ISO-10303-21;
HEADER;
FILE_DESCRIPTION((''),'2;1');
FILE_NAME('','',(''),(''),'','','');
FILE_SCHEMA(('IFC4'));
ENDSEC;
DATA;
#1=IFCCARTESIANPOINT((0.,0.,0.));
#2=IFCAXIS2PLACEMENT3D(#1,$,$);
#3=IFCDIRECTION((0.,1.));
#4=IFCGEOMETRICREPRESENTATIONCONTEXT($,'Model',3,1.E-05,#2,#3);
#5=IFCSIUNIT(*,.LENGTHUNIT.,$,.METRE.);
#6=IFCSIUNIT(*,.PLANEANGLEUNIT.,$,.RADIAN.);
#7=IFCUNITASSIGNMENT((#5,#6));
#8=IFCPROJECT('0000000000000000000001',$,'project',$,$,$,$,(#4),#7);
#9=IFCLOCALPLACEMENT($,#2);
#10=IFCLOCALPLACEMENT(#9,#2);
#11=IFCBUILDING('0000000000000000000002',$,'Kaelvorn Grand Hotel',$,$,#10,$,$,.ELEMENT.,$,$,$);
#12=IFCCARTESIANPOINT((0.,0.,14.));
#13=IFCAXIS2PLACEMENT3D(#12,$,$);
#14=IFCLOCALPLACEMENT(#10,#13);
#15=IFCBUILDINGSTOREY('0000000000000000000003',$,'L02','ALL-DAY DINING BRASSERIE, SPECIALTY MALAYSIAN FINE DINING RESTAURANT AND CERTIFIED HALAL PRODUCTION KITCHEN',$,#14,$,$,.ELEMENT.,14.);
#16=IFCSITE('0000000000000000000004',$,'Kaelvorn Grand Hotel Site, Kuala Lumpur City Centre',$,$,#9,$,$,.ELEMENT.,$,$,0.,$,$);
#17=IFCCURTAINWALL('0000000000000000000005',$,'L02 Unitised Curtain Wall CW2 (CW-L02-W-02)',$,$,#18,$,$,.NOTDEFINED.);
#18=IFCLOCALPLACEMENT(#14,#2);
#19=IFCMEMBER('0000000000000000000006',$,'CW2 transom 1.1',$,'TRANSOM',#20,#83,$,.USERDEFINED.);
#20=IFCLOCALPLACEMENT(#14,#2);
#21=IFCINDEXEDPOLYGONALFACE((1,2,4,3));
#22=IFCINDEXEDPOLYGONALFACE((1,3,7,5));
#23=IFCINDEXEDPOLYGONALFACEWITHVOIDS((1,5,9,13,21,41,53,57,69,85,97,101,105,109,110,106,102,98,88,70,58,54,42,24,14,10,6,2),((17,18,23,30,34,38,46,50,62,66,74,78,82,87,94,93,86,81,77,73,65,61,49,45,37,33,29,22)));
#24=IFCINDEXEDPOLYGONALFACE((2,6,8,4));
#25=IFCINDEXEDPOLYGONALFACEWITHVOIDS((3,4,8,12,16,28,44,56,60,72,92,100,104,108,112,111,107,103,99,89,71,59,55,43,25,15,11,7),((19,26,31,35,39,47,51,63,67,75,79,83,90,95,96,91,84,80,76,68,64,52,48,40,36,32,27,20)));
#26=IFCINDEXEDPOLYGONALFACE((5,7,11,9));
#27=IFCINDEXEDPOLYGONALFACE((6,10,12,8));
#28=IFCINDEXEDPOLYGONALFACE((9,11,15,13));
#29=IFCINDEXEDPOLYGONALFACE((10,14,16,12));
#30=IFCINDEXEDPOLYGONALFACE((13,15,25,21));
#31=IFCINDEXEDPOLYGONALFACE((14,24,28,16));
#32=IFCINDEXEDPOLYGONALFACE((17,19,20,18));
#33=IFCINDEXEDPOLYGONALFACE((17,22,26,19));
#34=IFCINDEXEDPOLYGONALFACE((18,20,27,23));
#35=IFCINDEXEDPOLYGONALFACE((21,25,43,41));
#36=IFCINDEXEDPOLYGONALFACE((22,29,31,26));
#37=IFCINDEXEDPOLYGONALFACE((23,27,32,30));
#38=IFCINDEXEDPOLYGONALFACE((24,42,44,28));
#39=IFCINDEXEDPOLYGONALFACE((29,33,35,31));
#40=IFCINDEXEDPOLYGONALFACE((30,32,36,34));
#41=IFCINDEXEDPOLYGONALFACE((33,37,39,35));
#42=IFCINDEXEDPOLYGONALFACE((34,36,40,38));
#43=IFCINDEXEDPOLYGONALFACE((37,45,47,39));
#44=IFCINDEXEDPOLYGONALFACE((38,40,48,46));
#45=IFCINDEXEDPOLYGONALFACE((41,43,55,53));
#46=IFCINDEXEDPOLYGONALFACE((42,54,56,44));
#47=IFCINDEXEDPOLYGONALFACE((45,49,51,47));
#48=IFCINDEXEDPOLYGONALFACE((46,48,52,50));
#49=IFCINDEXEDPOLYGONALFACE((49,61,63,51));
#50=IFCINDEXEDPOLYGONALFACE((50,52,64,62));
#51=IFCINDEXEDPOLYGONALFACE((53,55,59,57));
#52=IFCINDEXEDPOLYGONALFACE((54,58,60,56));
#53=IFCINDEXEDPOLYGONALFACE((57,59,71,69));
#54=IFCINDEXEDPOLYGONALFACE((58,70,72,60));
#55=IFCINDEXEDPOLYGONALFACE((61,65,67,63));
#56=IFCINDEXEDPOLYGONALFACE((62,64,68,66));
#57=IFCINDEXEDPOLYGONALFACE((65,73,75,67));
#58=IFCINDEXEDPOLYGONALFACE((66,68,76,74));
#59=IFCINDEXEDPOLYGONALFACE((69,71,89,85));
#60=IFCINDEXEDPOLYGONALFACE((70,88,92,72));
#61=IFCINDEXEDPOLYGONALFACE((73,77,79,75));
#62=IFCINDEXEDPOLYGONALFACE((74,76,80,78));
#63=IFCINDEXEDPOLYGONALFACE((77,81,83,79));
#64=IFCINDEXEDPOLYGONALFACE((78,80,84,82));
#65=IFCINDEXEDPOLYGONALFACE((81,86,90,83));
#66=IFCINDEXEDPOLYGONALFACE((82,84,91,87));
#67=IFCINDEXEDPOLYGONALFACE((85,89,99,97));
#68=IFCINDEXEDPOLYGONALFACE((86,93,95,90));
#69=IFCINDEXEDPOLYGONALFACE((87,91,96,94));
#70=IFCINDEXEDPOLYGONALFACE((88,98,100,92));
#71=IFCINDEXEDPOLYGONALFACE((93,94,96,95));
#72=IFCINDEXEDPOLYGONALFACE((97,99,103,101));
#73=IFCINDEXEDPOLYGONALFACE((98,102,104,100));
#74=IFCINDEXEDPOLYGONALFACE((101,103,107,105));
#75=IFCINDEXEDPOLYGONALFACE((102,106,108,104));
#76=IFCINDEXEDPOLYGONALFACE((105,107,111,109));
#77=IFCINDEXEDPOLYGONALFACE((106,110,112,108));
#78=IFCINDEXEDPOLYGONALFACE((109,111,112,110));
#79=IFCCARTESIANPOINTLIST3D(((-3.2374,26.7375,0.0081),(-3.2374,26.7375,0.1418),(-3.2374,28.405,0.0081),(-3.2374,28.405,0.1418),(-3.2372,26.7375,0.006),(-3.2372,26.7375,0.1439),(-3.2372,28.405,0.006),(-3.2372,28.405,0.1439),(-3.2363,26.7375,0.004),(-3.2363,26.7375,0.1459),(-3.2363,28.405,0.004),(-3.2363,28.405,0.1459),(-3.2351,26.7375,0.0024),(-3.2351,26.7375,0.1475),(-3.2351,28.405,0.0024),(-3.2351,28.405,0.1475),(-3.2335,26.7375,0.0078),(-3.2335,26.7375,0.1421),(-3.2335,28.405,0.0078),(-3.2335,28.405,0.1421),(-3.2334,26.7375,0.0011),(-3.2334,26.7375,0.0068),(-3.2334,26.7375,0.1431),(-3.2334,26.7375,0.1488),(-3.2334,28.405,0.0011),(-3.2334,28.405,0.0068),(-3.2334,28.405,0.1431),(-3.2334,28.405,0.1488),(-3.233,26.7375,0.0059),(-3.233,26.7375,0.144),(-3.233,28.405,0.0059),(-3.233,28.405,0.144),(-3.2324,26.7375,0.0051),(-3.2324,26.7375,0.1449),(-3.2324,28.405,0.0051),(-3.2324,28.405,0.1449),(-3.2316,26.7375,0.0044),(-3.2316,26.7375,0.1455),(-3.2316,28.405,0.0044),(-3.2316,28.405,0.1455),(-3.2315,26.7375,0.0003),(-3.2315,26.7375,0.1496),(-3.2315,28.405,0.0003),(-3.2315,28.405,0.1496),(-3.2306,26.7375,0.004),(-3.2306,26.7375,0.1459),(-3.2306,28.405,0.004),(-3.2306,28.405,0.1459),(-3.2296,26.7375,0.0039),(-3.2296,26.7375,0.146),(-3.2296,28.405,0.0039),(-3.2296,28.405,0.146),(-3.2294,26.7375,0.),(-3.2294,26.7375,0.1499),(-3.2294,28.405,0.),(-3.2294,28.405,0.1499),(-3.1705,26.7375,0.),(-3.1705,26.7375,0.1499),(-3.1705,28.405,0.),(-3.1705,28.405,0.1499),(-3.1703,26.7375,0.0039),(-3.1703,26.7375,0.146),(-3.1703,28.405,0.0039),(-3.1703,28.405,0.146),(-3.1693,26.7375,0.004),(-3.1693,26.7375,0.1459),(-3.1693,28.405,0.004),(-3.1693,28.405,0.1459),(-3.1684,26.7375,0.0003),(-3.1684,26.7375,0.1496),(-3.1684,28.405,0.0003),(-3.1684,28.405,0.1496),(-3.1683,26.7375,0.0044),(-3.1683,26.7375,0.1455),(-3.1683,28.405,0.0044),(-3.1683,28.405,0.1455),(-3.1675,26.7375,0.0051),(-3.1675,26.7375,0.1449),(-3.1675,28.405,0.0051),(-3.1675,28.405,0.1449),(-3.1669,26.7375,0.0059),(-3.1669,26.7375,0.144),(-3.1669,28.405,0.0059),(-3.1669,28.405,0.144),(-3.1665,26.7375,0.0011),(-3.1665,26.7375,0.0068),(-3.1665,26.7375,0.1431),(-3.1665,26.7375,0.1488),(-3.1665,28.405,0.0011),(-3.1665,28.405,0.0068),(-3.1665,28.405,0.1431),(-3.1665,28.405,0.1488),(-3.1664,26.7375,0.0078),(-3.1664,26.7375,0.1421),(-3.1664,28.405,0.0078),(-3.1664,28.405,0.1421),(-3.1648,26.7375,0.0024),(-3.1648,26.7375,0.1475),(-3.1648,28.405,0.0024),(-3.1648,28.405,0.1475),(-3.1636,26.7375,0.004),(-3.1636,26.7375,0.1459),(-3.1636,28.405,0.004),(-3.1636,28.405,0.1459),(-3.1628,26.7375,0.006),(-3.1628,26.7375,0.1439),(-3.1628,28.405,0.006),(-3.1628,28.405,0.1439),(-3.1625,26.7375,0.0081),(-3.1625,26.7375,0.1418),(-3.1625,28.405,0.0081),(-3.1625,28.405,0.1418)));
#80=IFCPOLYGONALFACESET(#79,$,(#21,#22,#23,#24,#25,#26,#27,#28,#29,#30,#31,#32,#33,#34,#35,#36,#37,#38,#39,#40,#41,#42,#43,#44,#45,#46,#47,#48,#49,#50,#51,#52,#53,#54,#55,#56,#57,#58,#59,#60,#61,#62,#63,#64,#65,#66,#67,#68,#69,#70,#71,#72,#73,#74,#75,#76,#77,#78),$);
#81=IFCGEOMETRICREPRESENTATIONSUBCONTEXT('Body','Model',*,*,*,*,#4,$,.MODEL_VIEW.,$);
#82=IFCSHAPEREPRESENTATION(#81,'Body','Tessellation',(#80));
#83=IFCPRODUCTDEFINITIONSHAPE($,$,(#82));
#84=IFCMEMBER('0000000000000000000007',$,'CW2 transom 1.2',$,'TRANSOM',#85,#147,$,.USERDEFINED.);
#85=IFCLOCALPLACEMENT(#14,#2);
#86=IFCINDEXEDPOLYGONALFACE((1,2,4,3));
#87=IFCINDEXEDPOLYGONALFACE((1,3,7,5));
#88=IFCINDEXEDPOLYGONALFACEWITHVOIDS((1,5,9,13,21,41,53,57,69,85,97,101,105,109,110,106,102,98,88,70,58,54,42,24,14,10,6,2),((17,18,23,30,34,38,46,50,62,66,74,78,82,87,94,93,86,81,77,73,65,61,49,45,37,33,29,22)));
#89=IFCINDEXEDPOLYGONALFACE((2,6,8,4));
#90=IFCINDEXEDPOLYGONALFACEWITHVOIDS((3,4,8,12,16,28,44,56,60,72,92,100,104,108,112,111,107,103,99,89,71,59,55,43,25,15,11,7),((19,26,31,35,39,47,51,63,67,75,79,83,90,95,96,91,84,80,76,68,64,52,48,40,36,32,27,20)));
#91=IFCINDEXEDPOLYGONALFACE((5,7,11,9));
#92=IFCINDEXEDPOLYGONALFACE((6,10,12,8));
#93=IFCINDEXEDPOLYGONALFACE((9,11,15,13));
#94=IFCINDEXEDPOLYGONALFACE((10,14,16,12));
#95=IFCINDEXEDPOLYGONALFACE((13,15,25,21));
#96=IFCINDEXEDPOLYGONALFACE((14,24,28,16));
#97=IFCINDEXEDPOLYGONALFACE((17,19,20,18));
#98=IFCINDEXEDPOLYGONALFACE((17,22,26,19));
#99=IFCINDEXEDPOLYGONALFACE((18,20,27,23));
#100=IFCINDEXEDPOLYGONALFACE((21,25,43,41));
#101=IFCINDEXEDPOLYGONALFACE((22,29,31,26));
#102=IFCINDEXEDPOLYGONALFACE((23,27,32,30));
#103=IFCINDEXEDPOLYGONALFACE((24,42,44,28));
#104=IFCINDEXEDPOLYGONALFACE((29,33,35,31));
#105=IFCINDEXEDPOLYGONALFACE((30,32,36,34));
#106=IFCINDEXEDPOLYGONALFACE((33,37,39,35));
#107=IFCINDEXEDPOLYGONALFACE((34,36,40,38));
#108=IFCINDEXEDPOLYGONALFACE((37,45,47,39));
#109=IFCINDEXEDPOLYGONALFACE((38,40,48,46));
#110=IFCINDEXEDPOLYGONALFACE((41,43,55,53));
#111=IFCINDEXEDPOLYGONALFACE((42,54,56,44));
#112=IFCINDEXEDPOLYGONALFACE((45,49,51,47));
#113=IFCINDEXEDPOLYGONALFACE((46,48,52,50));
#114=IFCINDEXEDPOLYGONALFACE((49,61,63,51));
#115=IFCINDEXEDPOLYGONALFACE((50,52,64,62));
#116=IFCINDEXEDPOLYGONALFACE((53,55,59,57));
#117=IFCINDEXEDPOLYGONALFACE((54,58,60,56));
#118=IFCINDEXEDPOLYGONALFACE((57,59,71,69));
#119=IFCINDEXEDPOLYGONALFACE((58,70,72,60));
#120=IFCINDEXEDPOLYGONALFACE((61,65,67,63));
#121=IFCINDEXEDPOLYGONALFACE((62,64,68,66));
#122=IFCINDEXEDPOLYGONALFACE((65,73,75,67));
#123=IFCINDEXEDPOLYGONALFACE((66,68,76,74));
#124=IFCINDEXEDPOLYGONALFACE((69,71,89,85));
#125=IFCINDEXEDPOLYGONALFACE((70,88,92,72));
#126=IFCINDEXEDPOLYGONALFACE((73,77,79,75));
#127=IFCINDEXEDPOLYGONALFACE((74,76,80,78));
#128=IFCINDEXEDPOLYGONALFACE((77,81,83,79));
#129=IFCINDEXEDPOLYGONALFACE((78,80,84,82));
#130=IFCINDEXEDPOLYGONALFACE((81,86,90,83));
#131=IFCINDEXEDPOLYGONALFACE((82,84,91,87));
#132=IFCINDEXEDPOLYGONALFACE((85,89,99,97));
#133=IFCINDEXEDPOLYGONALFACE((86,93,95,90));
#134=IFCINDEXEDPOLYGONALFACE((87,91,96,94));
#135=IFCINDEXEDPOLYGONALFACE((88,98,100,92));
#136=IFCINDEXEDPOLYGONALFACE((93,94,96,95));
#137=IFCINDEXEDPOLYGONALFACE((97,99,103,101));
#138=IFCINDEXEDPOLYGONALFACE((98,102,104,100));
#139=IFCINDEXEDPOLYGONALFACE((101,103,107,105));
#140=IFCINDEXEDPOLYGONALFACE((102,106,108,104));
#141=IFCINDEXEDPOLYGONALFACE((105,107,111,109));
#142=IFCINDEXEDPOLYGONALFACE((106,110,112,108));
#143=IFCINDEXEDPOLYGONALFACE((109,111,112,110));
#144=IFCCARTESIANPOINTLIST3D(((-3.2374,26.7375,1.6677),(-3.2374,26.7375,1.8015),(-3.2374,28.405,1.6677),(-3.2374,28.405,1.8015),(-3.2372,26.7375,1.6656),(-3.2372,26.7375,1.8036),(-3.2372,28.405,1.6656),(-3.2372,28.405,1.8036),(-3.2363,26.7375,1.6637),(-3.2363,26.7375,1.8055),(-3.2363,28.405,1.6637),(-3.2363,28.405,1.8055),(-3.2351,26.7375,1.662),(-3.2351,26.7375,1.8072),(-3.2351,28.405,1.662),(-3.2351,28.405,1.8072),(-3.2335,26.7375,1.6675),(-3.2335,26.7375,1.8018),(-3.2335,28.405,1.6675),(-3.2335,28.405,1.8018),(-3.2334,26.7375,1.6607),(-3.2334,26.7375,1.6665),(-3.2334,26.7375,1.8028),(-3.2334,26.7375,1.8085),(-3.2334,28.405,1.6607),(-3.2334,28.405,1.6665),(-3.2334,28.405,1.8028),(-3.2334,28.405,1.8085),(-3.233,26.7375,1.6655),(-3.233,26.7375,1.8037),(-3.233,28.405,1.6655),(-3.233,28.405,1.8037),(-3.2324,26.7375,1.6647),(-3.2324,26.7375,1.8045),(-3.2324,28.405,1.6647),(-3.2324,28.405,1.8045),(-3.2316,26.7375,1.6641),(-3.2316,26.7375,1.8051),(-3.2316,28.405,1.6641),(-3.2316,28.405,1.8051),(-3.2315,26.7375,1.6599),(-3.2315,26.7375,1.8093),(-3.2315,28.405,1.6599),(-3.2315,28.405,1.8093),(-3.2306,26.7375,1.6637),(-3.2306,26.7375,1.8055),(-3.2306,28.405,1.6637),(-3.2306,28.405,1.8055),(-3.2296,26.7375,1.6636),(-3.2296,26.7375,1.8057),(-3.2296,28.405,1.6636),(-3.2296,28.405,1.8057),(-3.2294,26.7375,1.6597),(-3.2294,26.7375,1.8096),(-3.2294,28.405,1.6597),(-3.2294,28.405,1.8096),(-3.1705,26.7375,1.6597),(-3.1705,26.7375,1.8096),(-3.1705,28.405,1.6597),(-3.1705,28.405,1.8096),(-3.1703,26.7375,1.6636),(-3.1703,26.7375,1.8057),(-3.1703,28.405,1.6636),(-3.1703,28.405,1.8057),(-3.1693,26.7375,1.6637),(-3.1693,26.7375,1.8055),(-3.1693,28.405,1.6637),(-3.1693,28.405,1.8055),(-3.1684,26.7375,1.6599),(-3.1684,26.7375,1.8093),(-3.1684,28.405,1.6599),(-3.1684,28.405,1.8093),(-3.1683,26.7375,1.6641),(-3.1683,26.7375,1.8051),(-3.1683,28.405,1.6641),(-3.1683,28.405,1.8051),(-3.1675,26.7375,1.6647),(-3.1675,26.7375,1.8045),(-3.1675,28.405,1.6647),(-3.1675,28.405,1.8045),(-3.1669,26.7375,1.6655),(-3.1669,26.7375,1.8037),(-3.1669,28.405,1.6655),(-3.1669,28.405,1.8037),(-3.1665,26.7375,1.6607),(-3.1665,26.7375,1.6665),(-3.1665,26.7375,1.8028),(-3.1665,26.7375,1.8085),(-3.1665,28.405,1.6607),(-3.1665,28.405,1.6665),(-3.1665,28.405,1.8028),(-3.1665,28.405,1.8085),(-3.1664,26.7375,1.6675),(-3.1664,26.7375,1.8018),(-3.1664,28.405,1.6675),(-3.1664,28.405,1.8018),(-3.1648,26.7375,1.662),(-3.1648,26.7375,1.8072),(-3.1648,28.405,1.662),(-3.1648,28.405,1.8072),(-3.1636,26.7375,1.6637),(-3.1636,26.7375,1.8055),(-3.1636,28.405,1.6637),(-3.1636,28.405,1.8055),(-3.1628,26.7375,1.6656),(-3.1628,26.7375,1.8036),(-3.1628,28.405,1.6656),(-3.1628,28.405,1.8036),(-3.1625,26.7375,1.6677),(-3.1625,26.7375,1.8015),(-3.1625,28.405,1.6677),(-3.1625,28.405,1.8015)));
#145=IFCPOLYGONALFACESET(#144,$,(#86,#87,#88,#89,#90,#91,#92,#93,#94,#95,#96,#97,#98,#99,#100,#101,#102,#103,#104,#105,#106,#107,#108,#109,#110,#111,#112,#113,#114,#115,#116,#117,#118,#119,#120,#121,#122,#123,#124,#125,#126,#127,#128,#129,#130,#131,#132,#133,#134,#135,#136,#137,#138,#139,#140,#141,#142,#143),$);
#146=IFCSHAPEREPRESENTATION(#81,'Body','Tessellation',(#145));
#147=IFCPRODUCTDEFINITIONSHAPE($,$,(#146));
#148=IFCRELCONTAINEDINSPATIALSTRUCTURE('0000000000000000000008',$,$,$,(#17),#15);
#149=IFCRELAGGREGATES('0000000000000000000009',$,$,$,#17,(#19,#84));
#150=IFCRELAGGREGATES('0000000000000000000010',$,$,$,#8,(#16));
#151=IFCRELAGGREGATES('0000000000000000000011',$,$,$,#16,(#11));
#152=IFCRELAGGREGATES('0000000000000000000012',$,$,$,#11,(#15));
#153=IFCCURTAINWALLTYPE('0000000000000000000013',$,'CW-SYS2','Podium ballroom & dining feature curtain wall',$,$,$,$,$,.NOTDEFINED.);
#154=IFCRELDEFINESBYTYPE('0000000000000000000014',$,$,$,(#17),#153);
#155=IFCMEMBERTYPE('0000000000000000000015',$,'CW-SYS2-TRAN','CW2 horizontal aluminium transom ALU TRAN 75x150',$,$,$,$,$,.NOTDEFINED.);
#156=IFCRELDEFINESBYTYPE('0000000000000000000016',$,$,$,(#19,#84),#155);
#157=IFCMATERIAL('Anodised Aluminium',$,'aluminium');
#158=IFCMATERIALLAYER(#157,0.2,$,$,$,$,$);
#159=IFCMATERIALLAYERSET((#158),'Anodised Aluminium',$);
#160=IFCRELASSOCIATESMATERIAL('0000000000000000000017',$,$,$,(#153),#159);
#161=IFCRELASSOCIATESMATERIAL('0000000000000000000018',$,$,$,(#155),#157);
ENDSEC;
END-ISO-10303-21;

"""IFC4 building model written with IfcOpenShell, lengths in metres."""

from ifc_helpers import new_model, si_unit, direction, frame, origin, origin_2d, place, context, subcontext, project, spatial, hollow_rectangle, extrude, material, layer, layer_set, material_profile, profile_set, type_object, element, aggregate, save


model = new_model("IFC4")

# Units and contexts
model_context = context("Model", 3, precision=1e-05, world=origin(), true_north=direction((0.0, 1.0)))
body_context = subcontext(model_context, "Body", "Model", "MODEL_VIEW")
ifc_project = project(units=[si_unit("LENGTHUNIT", "METRE"), si_unit("PLANEANGLEUNIT", "RADIAN")], contexts=[model_context])

# Site, building, storey
site_placement = place(None, origin())
site = spatial("IfcSite", under=ifc_project, at=site_placement, Name="Kaelvorn Grand Hotel Site, Kuala Lumpur City Centre", CompositionType="ELEMENT", RefElevation=0.0)
building_placement = place(site_placement, origin())
building = spatial("IfcBuilding", under=site, at=building_placement, Name="Kaelvorn Grand Hotel", CompositionType="ELEMENT")
storey_placement = place(building_placement, frame((0.0, 0.0, 14.0)))
storey = spatial("IfcBuildingStorey", under=building, at=storey_placement, Name="L02", Description="ALL-DAY DINING BRASSERIE, SPECIALTY MALAYSIAN FINE DINING RESTAURANT AND CERTIFIED HALAL PRODUCTION KITCHEN", CompositionType="ELEMENT", Elevation=14.0)

# Curtain wall, members
ifc_material_1 = material(Name="Anodised Aluminium", Category="aluminium")
ifc_layer_1 = layer(ifc_material_1, 0.2)
ifc_layer_set_1 = layer_set([ifc_layer_1], Name="Anodised Aluminium")
curtain_wall_type = type_object("IfcCurtainWallType", Name="CW-SYS2", Description="Podium ballroom & dining feature curtain wall", PredefinedType="NOTDEFINED", material=ifc_layer_set_1)
curtain_wall_placement = place(storey_placement, origin())
curtain_wall = element("IfcCurtainWall", 1, at=curtain_wall_placement, inside=storey, type_object=curtain_wall_type, Name="L02 Unitised Curtain Wall CW2 (CW-L02-W-02)", PredefinedType="NOTDEFINED")
ifc_material_profile_1 = material_profile(ifc_material_1, hollow_rectangle(XDim=0.075, YDim=0.1499, WallThickness=0.0039, InnerFilletRadius=0.0039, OuterFilletRadius=0.0081, at=origin_2d()), Name="ALU TRAN 75x150")
ifc_profile_set_1 = profile_set([ifc_material_profile_1], Name="Anodised Aluminium")
member_type_1 = type_object("IfcMemberType", Name="CW-SYS2-TRAN", Description="CW2 horizontal aluminium transom ALU TRAN 75x150", PredefinedType="NOTDEFINED", material=ifc_profile_set_1)
member_1_placement = place(storey_placement, frame((-3.2, 28.405, 0.075), z_axis=(0.0, -1.0, 0.0), x_axis=(1.0, 0.0, 0.0)))
member_1 = element("IfcMember", 2, at=member_1_placement, type_object=member_type_1, Name="CW2 transom 1.1", ObjectType="TRANSOM", PredefinedType="USERDEFINED", context=body_context, shape_type="SweptSolid", body=[
    extrude(hollow_rectangle(XDim=0.075, YDim=0.1499, WallThickness=0.0039, InnerFilletRadius=0.0039, OuterFilletRadius=0.0081, at=origin_2d()), origin(), (0.0, 0.0, 1.0), 1.6675),
])
member_2_placement = place(storey_placement, frame((-3.2, 28.405, 1.7346), z_axis=(0.0, -1.0, 0.0), x_axis=(1.0, 0.0, 0.0)))
member_2 = element("IfcMember", 3, at=member_2_placement, type_object=member_type_1, Name="CW2 transom 1.2", ObjectType="TRANSOM", PredefinedType="USERDEFINED", context=body_context, shape_type="SweptSolid", body=[
    extrude(hollow_rectangle(XDim=0.075, YDim=0.1499, WallThickness=0.0039, InnerFilletRadius=0.0039, OuterFilletRadius=0.0081, at=origin_2d()), origin(), (0.0, 0.0, 1.0), 1.6675),
])
aggregate(curtain_wall, [member_1, member_2])

save(model, "model.ifc")
